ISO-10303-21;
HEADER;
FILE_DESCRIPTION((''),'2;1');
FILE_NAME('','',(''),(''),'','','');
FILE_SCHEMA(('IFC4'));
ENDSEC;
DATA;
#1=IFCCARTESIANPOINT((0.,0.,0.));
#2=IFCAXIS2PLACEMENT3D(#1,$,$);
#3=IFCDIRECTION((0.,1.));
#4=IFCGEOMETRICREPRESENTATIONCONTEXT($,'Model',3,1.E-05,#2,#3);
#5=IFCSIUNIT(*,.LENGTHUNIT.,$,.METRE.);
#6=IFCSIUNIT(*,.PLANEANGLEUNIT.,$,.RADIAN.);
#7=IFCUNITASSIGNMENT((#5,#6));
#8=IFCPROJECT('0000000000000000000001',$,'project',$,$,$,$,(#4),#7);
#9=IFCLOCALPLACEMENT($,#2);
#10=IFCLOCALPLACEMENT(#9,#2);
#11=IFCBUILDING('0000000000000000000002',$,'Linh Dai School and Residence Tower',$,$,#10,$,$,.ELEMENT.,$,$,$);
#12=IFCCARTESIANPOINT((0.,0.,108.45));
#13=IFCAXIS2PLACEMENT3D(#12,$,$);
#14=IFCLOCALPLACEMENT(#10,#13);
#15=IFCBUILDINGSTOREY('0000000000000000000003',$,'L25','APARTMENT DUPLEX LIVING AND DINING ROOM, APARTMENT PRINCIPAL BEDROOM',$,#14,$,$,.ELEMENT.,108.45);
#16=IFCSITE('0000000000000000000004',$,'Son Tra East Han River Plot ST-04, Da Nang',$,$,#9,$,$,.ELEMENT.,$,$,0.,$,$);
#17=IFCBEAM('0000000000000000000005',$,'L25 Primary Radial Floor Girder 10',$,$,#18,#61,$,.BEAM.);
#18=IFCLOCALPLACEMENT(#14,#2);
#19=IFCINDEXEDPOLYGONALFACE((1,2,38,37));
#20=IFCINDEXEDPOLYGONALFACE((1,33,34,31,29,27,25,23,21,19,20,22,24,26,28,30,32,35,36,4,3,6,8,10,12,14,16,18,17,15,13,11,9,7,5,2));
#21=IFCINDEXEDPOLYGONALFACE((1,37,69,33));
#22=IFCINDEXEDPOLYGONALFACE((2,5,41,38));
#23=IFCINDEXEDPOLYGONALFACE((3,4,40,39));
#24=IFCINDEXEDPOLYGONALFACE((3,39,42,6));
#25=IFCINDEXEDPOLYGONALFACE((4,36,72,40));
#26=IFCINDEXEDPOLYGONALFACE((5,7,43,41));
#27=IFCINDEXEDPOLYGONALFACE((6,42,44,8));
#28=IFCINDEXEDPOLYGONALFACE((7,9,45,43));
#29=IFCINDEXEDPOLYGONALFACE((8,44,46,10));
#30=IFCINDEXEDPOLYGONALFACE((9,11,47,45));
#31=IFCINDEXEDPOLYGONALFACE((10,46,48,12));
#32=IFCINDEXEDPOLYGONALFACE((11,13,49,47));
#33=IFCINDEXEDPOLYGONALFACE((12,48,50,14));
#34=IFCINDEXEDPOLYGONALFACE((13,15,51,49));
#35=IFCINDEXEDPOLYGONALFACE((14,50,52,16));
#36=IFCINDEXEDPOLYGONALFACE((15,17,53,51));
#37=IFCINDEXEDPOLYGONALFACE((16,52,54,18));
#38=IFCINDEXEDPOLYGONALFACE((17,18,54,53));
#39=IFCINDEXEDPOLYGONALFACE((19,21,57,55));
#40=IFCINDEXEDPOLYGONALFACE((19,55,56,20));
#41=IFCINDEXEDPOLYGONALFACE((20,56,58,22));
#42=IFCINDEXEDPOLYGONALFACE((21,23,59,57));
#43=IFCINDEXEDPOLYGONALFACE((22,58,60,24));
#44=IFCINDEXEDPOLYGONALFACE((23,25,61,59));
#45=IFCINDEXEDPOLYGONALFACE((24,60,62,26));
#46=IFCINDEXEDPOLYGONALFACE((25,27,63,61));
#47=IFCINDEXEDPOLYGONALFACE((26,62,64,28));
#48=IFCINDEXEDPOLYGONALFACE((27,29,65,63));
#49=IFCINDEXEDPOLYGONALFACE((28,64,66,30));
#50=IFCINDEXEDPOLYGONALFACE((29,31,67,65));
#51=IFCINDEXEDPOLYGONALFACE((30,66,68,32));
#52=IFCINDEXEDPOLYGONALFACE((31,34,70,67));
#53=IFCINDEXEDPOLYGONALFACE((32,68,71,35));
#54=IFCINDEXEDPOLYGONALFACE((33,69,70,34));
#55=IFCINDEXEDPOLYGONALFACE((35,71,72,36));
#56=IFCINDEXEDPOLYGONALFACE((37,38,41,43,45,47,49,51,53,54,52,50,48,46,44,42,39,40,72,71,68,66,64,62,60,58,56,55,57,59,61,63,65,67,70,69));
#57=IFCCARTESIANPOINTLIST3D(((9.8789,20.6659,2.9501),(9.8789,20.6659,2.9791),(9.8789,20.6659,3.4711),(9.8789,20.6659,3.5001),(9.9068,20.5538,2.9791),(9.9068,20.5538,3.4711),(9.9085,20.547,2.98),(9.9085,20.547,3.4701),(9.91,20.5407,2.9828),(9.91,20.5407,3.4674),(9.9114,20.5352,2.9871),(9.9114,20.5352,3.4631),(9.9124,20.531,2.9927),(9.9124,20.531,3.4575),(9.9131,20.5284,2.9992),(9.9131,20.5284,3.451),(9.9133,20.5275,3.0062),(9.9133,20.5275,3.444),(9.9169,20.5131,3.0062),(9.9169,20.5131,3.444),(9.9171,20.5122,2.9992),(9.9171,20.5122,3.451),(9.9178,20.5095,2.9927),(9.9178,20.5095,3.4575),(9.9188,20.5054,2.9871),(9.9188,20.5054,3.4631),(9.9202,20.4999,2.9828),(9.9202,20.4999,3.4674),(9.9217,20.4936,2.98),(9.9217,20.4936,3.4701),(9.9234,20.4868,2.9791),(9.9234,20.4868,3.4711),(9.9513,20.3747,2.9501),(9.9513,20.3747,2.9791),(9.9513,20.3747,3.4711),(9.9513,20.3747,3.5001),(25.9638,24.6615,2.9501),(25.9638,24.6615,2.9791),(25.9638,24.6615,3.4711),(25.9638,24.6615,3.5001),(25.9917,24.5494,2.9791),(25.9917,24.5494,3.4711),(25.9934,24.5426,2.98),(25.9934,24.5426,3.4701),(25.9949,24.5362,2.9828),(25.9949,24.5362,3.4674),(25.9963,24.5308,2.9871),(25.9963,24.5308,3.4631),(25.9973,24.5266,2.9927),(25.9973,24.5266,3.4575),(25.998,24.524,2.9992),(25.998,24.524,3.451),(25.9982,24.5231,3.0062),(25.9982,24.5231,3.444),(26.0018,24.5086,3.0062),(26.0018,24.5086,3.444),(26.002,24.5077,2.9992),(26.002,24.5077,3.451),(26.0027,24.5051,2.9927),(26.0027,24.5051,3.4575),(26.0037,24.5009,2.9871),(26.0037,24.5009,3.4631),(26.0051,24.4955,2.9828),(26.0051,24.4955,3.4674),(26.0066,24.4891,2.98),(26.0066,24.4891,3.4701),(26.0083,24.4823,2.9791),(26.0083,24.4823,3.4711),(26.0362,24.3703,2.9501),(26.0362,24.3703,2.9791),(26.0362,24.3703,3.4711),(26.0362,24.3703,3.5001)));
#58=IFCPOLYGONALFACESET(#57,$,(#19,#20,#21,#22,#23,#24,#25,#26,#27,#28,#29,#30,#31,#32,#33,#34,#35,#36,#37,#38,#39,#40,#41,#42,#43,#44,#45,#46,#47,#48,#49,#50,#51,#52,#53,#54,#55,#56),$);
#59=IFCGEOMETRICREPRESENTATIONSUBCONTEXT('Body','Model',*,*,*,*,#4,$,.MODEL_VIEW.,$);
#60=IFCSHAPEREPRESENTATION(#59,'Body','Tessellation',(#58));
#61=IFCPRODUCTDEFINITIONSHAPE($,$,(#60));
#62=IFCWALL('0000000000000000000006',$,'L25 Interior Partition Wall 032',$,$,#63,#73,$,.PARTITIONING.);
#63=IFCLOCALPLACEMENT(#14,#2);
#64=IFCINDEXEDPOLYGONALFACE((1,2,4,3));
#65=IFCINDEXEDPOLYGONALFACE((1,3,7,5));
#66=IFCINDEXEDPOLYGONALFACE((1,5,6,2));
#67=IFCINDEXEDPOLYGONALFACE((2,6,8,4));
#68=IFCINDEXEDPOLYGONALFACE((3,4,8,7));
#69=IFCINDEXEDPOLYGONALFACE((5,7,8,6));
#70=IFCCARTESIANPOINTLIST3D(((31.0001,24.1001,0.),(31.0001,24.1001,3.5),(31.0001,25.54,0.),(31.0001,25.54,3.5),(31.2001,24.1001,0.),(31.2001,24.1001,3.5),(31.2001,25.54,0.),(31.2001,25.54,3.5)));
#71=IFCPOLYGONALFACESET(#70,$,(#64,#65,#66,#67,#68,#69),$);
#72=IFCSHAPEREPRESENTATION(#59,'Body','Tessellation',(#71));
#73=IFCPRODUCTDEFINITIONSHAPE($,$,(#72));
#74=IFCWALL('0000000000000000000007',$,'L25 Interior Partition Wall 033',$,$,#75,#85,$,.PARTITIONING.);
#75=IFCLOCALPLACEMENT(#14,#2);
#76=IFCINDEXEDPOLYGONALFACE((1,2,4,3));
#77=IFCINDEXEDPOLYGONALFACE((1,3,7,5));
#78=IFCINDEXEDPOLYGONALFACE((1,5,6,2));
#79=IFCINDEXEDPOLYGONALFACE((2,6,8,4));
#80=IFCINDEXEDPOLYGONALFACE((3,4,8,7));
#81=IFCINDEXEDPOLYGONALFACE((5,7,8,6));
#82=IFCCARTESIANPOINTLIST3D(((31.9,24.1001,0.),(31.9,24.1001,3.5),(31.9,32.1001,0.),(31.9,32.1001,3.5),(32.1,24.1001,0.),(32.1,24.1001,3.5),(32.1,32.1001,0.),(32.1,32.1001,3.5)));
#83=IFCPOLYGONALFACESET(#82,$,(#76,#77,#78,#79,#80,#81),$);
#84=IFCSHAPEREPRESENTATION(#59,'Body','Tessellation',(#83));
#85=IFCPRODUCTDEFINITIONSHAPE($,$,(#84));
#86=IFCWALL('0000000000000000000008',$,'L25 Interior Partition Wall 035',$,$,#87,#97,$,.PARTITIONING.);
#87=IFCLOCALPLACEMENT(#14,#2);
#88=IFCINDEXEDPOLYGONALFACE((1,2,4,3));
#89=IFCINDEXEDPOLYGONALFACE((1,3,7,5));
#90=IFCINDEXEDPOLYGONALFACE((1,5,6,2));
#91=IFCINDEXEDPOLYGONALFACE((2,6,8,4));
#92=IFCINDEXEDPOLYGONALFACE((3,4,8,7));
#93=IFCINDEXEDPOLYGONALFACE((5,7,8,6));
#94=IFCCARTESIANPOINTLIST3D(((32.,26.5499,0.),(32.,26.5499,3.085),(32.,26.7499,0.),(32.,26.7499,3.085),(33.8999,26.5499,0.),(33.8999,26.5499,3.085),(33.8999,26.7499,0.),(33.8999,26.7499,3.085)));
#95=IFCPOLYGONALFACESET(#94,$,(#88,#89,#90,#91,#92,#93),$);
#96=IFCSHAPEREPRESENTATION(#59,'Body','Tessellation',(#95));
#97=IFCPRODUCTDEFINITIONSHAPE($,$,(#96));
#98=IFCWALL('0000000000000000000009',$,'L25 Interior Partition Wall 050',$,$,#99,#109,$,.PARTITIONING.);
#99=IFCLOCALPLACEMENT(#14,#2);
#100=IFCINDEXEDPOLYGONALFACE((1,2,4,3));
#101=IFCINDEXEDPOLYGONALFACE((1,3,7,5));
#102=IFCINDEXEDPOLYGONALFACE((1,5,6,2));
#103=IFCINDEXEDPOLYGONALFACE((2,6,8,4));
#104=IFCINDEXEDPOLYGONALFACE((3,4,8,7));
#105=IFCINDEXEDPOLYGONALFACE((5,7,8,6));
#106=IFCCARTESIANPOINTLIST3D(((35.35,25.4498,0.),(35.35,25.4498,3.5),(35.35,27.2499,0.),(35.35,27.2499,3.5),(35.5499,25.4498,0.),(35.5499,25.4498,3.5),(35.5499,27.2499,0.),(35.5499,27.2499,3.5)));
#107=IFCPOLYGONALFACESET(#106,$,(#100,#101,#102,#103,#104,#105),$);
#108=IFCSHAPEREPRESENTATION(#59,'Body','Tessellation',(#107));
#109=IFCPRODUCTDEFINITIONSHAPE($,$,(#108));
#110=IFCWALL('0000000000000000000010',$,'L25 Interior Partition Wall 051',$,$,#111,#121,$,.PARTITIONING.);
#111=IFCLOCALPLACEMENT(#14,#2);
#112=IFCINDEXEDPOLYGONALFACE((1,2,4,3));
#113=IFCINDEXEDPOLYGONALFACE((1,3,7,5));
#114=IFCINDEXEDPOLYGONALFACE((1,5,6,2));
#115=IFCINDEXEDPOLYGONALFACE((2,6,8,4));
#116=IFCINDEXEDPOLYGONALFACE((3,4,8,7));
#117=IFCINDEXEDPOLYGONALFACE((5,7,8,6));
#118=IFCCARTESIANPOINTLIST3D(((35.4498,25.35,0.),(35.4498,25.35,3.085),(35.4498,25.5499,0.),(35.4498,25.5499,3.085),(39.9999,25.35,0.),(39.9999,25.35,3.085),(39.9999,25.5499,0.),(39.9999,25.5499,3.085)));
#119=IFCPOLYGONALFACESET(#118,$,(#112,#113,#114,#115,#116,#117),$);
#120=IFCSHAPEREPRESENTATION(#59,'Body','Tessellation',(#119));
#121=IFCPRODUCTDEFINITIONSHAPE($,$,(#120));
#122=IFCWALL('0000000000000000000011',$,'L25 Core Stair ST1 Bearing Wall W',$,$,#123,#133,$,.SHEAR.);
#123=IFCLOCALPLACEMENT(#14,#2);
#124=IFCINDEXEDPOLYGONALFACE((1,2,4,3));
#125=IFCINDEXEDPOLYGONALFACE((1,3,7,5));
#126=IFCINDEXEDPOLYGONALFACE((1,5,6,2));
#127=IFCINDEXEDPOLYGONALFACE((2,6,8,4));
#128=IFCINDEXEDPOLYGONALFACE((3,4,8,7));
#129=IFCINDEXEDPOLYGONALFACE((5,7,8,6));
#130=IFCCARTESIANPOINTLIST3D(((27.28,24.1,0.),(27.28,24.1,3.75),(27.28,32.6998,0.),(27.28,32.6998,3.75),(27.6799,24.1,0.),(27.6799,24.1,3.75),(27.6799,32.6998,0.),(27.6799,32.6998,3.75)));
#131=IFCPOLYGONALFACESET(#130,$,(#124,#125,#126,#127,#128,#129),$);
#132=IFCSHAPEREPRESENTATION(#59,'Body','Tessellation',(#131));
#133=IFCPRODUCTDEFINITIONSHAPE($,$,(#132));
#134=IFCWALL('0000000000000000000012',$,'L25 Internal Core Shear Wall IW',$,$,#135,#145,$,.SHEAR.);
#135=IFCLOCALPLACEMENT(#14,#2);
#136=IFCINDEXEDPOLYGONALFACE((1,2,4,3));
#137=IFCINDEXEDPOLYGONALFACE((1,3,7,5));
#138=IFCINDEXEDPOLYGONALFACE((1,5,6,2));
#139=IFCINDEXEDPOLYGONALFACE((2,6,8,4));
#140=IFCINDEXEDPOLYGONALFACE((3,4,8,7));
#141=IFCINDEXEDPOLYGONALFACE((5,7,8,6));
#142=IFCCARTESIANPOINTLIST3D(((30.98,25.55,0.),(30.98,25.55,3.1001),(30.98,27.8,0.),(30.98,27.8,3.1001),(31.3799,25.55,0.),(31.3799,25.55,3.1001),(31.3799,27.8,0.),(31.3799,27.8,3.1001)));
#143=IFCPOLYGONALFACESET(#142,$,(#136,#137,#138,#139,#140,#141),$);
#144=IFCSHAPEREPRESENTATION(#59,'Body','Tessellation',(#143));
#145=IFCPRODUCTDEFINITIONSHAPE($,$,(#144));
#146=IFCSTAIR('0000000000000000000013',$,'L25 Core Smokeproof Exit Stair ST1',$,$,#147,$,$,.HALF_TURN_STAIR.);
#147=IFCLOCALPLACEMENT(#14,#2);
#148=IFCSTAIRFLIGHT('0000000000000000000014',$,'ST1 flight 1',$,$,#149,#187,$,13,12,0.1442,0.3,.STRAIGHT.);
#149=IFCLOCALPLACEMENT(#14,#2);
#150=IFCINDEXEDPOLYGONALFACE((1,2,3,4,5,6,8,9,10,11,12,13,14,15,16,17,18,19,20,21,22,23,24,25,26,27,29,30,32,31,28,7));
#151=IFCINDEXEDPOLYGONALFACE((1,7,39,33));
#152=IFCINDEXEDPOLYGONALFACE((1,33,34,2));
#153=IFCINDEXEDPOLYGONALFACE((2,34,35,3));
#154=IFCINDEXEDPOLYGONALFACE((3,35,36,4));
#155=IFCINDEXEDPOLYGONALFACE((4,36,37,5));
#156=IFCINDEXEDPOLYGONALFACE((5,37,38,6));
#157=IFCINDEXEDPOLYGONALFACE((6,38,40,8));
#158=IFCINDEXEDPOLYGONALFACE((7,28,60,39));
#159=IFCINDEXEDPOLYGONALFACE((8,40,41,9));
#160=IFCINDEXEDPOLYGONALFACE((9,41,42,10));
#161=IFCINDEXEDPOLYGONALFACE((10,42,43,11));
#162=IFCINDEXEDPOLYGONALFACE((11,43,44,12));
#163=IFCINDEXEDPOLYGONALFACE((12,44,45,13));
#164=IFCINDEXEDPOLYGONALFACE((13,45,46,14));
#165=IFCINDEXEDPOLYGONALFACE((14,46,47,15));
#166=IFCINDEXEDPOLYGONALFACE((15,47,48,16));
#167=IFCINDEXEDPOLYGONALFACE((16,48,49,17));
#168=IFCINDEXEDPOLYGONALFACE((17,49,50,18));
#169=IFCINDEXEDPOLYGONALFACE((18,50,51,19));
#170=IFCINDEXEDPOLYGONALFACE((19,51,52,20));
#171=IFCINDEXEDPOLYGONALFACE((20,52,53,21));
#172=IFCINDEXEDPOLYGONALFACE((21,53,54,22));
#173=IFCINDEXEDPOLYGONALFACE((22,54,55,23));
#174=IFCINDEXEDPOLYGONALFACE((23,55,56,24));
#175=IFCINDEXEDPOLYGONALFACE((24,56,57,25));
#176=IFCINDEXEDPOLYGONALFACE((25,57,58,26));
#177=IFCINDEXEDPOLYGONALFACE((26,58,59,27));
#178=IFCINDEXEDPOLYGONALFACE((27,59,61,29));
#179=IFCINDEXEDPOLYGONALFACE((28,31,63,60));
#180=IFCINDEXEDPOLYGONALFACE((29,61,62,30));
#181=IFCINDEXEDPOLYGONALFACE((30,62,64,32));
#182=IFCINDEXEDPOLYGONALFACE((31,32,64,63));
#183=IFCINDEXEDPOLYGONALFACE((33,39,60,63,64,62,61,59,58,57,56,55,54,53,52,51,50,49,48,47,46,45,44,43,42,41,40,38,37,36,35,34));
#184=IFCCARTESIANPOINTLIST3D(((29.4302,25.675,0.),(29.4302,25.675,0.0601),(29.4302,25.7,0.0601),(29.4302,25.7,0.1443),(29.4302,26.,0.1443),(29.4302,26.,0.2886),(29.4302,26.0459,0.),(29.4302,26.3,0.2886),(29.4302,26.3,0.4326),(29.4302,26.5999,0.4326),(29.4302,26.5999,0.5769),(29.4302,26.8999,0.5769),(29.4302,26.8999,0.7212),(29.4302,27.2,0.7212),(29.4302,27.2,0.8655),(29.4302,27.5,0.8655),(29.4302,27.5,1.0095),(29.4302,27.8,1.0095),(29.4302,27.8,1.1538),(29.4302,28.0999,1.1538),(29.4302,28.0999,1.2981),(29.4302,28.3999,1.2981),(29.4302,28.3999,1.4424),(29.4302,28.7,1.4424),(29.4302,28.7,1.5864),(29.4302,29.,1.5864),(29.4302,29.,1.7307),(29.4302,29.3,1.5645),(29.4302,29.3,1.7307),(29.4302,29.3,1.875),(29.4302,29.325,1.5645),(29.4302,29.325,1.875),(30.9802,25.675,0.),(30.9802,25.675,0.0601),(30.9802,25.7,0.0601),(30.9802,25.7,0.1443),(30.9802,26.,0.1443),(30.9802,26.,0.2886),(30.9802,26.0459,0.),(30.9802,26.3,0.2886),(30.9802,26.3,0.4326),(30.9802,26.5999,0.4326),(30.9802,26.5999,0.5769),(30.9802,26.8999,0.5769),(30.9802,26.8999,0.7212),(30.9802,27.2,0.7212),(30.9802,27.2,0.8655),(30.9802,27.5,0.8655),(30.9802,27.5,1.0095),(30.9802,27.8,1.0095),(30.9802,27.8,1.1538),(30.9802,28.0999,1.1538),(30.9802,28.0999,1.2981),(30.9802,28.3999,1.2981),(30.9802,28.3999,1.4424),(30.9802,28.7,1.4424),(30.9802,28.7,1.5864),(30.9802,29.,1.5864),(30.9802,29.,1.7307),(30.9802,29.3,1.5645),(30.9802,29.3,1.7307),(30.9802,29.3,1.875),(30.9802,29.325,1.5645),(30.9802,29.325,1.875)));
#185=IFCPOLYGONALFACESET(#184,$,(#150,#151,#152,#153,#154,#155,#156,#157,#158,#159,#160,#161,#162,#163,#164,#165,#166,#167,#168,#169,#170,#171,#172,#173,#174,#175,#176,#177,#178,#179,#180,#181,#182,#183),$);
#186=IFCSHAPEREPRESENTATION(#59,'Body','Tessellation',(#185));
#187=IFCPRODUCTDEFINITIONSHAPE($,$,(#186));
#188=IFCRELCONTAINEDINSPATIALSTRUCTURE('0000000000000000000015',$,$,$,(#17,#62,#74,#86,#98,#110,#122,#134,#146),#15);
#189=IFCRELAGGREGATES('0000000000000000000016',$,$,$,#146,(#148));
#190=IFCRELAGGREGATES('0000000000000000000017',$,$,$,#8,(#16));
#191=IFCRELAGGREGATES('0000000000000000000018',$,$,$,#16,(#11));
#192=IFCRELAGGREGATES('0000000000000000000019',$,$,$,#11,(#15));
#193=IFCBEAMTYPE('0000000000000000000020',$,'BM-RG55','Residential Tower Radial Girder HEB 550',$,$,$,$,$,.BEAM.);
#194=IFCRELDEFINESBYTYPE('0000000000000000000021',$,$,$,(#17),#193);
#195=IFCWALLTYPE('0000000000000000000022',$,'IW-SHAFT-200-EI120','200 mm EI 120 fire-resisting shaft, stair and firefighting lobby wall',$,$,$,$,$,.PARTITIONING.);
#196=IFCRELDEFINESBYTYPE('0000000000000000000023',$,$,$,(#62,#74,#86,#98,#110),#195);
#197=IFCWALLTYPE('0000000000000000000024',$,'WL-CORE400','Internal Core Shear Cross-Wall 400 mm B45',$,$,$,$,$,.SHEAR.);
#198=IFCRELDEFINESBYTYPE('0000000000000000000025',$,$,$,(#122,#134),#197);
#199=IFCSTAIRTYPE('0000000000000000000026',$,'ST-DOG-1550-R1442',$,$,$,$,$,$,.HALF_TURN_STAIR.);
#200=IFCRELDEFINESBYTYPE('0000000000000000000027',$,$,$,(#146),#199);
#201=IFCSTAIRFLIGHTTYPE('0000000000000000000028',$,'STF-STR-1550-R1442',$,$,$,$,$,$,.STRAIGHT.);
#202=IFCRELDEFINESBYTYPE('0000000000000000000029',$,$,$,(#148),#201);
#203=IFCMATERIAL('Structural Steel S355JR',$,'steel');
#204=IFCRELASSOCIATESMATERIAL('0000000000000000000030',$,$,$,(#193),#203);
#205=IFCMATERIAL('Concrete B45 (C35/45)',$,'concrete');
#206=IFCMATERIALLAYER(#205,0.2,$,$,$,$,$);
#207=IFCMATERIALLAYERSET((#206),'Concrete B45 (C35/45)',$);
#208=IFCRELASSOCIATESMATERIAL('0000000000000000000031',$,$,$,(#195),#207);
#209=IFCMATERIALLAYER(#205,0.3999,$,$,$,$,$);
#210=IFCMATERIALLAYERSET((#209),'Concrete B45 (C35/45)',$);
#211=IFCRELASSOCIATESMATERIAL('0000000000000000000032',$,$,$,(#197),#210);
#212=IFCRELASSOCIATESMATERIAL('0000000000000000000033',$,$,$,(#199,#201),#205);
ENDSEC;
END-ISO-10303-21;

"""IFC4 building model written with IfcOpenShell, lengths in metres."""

from ifc_helpers import new_model, si_unit, direction, frame, frame_2d, origin, origin_2d, place, context, subcontext, project, spatial, polyline, rectangle, i_section, outline, extrude, source, transform, mapped, material, layer, layer_set, material_profile, profile_set, type_object, element, aggregate, save


model = new_model("IFC4")

# Units and contexts
model_context = context("Model", 3, precision=1e-05, world=origin(), true_north=direction((0.0, 1.0)))
body_context = subcontext(model_context, "Body", "Model", "MODEL_VIEW")
ifc_project = project(units=[si_unit("LENGTHUNIT", "METRE"), si_unit("PLANEANGLEUNIT", "RADIAN")], contexts=[model_context])

# Site, building, storey
site_placement = place(None, origin())
site = spatial("IfcSite", under=ifc_project, at=site_placement, Name="Son Tra East Han River Plot ST-04, Da Nang", CompositionType="ELEMENT", RefElevation=0.0)
building_placement = place(site_placement, origin())
building = spatial("IfcBuilding", under=site, at=building_placement, Name="Linh Dai School and Residence Tower", CompositionType="ELEMENT")
storey_placement = place(building_placement, frame((0.0, 0.0, 108.45)))
storey = spatial("IfcBuildingStorey", under=building, at=storey_placement, Name="L25", Description="APARTMENT DUPLEX LIVING AND DINING ROOM, APARTMENT PRINCIPAL BEDROOM", CompositionType="ELEMENT", Elevation=108.45)

# Shared definitions
ifc_material_1 = material(Name="Structural Steel S355JR", Category="steel")

# Beam
ifc_material_profile_1 = material_profile(ifc_material_1, i_section(OverallWidth=0.3, OverallDepth=0.55, WebThickness=0.0149, FlangeThickness=0.0291, FilletRadius=0.0271, at=origin_2d()), Name="HEB 550")
ifc_profile_set_1 = profile_set([ifc_material_profile_1], Name="Structural Steel S355JR")
beam_type = type_object("IfcBeamType", Name="BM-RG55", Description="Residential Tower Radial Girder HEB 550", PredefinedType="BEAM", material=ifc_profile_set_1)
beam_placement = place(storey_placement, frame((26.0, 24.5159, 3.2251), z_axis=(-0.970505, -0.24108, 0.0), x_axis=(0.24108, -0.970505, 0.0)))
element("IfcBeam", 1, at=beam_placement, inside=storey, type_object=beam_type, Name="L25 Primary Radial Floor Girder 10", PredefinedType="BEAM", context=body_context, shape_type="SweptSolid", body=[
    extrude(i_section(OverallWidth=0.3, OverallDepth=0.55, WebThickness=0.0149, FlangeThickness=0.0291, FilletRadius=0.0271, at=origin_2d()), origin(), (0.0, 0.0, 1.0), 16.5737),
])

# Shared definitions
ifc_material_2 = material(Name="Concrete B45 (C35/45)", Category="concrete")
ifc_layer_1 = layer(ifc_material_2, 0.2)
ifc_layer_set_1 = layer_set([ifc_layer_1], Name="Concrete B45 (C35/45)")
wall_type_1 = type_object("IfcWallType", Name="IW-SHAFT-200-EI120", Description="200 mm EI 120 fire-resisting shaft, stair and firefighting lobby wall", PredefinedType="PARTITIONING", material=ifc_layer_set_1)

# Walls
wall_1_placement = place(storey_placement, frame((31.1001, 24.1001, 0.0), z_axis=(0.0, 0.0, 1.0), x_axis=(0.0, 1.0, 0.0)))
element("IfcWall", 2, at=wall_1_placement, inside=storey, type_object=wall_type_1, Name="L25 Interior Partition Wall 032", PredefinedType="PARTITIONING", context=body_context, shape_type="SweptSolid", body=[
    extrude(rectangle(XDim=1.4399, YDim=0.2, at=frame_2d((0.72, 0.0))), origin(), (0.0, 0.0, 1.0), 3.5),
])
wall_2_placement = place(storey_placement, frame((32.0, 24.1001, 0.0), z_axis=(0.0, 0.0, 1.0), x_axis=(0.0, 1.0, 0.0)))
element("IfcWall", 3, at=wall_2_placement, inside=storey, type_object=wall_type_1, Name="L25 Interior Partition Wall 033", PredefinedType="PARTITIONING", context=body_context, shape_type="SweptSolid", body=[
    extrude(rectangle(XDim=8.0, YDim=0.2, at=frame_2d((4.0, 0.0))), origin(), (0.0, 0.0, 1.0), 3.5),
])

# Walls
wall_3_placement = place(storey_placement, frame((32.0, 26.6499, 0.0), z_axis=(0.0, 0.0, 1.0), x_axis=(1.0, 0.0, 0.0)))
element("IfcWall", 4, at=wall_3_placement, inside=storey, type_object=wall_type_1, Name="L25 Interior Partition Wall 035", PredefinedType="PARTITIONING", context=body_context, shape_type="SweptSolid", body=[
    extrude(rectangle(XDim=1.8999, YDim=0.2, at=frame_2d((0.95, 0.0))), origin(), (0.0, 0.0, 1.0), 3.085),
])
wall_4_placement = place(storey_placement, frame((35.45, 25.45, 0.0), z_axis=(0.0, 0.0, 1.0), x_axis=(0.0, 1.0, 0.0)))
element("IfcWall", 5, at=wall_4_placement, inside=storey, type_object=wall_type_1, Name="L25 Interior Partition Wall 050", PredefinedType="PARTITIONING", context=body_context, shape_type="SweptSolid", body=[
    extrude(rectangle(XDim=1.8, YDim=0.2, at=frame_2d((0.8999, 0.0))), origin(), (0.0, 0.0, 1.0), 3.5),
])
wall_5_placement = place(storey_placement, frame((35.45, 25.45, 0.0), z_axis=(0.0, 0.0, 1.0), x_axis=(1.0, 0.0, 0.0)))
element("IfcWall", 6, at=wall_5_placement, inside=storey, type_object=wall_type_1, Name="L25 Interior Partition Wall 051", PredefinedType="PARTITIONING", context=body_context, shape_type="SweptSolid", body=[
    extrude(rectangle(XDim=4.55, YDim=0.2, at=frame_2d((2.2749, 0.0))), origin(), (0.0, 0.0, 1.0), 3.085),
])
ifc_layer_2 = layer(ifc_material_2, 0.3999)
ifc_layer_set_2 = layer_set([ifc_layer_2], Name="Concrete B45 (C35/45)")
wall_type_2 = type_object("IfcWallType", Name="WL-CORE400", Description="Internal Core Shear Cross-Wall 400 mm B45", PredefinedType="SHEAR", material=ifc_layer_set_2)
wall_6_placement = place(storey_placement, frame((27.48, 24.1001, 0.0), z_axis=(0.0, 0.0, 1.0), x_axis=(0.0, 1.0, 0.0)))
element("IfcWall", 7, at=wall_6_placement, inside=storey, type_object=wall_type_2, Name="L25 Core Stair ST1 Bearing Wall W", PredefinedType="SHEAR", context=body_context, shape_type="SweptSolid", body=[
    extrude(rectangle(XDim=8.5999, YDim=0.3999, at=frame_2d((4.2998, 0.0))), origin(), (0.0, 0.0, 1.0), 3.75),
])
wall_7_placement = place(storey_placement, frame((31.1799, 25.55, 0.0), z_axis=(0.0, 0.0, 1.0), x_axis=(0.0, 1.0, 0.0)))
element("IfcWall", 8, at=wall_7_placement, inside=storey, type_object=wall_type_2, Name="L25 Internal Core Shear Wall IW", PredefinedType="SHEAR", context=body_context, shape_type="SweptSolid", body=[
    extrude(rectangle(XDim=2.25, YDim=0.3999, at=frame_2d((1.125, 0.0))), origin(), (0.0, 0.0, 1.0), 3.1001),
])

# Stair, stair flight
stair_type = type_object("IfcStairType", Name="ST-DOG-1550-R1442", PredefinedType="HALF_TURN_STAIR", material=ifc_material_2)
stair_placement = place(storey_placement, origin())
stair = element("IfcStair", 9, at=stair_placement, inside=storey, type_object=stair_type, Name="L25 Core Smokeproof Exit Stair ST1", PredefinedType="HALF_TURN_STAIR")
stair_flight_type = type_object("IfcStairFlightType", Name="STF-STR-1550-R1442", PredefinedType="STRAIGHT", material=ifc_material_2)
shared_shape_1 = source(origin(), body_context, "Body", "SweptSolid", [
    extrude(outline(polyline([(-0.0249, 0.0), (-0.0249, 0.0601), (0.0, 0.0601), (0.0, 0.1443), (0.3, 0.1443), (0.3, 0.2886), (0.6001, 0.2886), (0.6001, 0.4326), (0.8999, 0.4326), (0.8999, 0.5769), (1.2, 0.5769), (1.2, 0.7212), (1.5, 0.7212), (1.5, 0.8655), (1.8, 0.8655), (1.8, 1.0095), (2.1001, 1.0095), (2.1001, 1.1538), (2.3999, 1.1538), (2.3999, 1.2981), (2.7, 1.2981), (2.7, 1.4424), (3.0, 1.4424), (3.0, 1.5864), (3.3, 1.5864), (3.3, 1.7307), (3.6001, 1.7307), (3.6001, 1.875), (3.625, 1.875), (3.625, 1.5645), (3.6001, 1.5645), (0.3459, 0.0), (-0.0249, 0.0)])), frame((0.0, 0.7749, 0.0), z_axis=(0.0, -1.0, 0.0), x_axis=(1.0, 0.0, 0.0)), (0.0, 0.0, 1.0), 1.55),
])
stair_flight_placement = place(storey_placement, frame((30.2051, 25.7, 0.0), z_axis=(0.0, 0.0, 1.0), x_axis=(0.0, 1.0, 0.0)))
stair_flight = element("IfcStairFlight", 10, at=stair_flight_placement, type_object=stair_flight_type, Name="ST1 flight 1", NumberOfRisers=13, NumberOfTreads=12, PredefinedType="STRAIGHT", RiserHeight=0.1442, TreadLength=0.3, context=body_context, shape_type="MappedRepresentation", body=[
    mapped(shared_shape_1, transform((0.0, 0.0, 0.0), x_axis=(1.0, 0.0, 0.0), y_axis=(0.0, 1.0, 0.0), z_axis=(0.0, 0.0, 1.0), scale=1.0)),
])
aggregate(stair, [stair_flight])

save(model, "model.ifc")
